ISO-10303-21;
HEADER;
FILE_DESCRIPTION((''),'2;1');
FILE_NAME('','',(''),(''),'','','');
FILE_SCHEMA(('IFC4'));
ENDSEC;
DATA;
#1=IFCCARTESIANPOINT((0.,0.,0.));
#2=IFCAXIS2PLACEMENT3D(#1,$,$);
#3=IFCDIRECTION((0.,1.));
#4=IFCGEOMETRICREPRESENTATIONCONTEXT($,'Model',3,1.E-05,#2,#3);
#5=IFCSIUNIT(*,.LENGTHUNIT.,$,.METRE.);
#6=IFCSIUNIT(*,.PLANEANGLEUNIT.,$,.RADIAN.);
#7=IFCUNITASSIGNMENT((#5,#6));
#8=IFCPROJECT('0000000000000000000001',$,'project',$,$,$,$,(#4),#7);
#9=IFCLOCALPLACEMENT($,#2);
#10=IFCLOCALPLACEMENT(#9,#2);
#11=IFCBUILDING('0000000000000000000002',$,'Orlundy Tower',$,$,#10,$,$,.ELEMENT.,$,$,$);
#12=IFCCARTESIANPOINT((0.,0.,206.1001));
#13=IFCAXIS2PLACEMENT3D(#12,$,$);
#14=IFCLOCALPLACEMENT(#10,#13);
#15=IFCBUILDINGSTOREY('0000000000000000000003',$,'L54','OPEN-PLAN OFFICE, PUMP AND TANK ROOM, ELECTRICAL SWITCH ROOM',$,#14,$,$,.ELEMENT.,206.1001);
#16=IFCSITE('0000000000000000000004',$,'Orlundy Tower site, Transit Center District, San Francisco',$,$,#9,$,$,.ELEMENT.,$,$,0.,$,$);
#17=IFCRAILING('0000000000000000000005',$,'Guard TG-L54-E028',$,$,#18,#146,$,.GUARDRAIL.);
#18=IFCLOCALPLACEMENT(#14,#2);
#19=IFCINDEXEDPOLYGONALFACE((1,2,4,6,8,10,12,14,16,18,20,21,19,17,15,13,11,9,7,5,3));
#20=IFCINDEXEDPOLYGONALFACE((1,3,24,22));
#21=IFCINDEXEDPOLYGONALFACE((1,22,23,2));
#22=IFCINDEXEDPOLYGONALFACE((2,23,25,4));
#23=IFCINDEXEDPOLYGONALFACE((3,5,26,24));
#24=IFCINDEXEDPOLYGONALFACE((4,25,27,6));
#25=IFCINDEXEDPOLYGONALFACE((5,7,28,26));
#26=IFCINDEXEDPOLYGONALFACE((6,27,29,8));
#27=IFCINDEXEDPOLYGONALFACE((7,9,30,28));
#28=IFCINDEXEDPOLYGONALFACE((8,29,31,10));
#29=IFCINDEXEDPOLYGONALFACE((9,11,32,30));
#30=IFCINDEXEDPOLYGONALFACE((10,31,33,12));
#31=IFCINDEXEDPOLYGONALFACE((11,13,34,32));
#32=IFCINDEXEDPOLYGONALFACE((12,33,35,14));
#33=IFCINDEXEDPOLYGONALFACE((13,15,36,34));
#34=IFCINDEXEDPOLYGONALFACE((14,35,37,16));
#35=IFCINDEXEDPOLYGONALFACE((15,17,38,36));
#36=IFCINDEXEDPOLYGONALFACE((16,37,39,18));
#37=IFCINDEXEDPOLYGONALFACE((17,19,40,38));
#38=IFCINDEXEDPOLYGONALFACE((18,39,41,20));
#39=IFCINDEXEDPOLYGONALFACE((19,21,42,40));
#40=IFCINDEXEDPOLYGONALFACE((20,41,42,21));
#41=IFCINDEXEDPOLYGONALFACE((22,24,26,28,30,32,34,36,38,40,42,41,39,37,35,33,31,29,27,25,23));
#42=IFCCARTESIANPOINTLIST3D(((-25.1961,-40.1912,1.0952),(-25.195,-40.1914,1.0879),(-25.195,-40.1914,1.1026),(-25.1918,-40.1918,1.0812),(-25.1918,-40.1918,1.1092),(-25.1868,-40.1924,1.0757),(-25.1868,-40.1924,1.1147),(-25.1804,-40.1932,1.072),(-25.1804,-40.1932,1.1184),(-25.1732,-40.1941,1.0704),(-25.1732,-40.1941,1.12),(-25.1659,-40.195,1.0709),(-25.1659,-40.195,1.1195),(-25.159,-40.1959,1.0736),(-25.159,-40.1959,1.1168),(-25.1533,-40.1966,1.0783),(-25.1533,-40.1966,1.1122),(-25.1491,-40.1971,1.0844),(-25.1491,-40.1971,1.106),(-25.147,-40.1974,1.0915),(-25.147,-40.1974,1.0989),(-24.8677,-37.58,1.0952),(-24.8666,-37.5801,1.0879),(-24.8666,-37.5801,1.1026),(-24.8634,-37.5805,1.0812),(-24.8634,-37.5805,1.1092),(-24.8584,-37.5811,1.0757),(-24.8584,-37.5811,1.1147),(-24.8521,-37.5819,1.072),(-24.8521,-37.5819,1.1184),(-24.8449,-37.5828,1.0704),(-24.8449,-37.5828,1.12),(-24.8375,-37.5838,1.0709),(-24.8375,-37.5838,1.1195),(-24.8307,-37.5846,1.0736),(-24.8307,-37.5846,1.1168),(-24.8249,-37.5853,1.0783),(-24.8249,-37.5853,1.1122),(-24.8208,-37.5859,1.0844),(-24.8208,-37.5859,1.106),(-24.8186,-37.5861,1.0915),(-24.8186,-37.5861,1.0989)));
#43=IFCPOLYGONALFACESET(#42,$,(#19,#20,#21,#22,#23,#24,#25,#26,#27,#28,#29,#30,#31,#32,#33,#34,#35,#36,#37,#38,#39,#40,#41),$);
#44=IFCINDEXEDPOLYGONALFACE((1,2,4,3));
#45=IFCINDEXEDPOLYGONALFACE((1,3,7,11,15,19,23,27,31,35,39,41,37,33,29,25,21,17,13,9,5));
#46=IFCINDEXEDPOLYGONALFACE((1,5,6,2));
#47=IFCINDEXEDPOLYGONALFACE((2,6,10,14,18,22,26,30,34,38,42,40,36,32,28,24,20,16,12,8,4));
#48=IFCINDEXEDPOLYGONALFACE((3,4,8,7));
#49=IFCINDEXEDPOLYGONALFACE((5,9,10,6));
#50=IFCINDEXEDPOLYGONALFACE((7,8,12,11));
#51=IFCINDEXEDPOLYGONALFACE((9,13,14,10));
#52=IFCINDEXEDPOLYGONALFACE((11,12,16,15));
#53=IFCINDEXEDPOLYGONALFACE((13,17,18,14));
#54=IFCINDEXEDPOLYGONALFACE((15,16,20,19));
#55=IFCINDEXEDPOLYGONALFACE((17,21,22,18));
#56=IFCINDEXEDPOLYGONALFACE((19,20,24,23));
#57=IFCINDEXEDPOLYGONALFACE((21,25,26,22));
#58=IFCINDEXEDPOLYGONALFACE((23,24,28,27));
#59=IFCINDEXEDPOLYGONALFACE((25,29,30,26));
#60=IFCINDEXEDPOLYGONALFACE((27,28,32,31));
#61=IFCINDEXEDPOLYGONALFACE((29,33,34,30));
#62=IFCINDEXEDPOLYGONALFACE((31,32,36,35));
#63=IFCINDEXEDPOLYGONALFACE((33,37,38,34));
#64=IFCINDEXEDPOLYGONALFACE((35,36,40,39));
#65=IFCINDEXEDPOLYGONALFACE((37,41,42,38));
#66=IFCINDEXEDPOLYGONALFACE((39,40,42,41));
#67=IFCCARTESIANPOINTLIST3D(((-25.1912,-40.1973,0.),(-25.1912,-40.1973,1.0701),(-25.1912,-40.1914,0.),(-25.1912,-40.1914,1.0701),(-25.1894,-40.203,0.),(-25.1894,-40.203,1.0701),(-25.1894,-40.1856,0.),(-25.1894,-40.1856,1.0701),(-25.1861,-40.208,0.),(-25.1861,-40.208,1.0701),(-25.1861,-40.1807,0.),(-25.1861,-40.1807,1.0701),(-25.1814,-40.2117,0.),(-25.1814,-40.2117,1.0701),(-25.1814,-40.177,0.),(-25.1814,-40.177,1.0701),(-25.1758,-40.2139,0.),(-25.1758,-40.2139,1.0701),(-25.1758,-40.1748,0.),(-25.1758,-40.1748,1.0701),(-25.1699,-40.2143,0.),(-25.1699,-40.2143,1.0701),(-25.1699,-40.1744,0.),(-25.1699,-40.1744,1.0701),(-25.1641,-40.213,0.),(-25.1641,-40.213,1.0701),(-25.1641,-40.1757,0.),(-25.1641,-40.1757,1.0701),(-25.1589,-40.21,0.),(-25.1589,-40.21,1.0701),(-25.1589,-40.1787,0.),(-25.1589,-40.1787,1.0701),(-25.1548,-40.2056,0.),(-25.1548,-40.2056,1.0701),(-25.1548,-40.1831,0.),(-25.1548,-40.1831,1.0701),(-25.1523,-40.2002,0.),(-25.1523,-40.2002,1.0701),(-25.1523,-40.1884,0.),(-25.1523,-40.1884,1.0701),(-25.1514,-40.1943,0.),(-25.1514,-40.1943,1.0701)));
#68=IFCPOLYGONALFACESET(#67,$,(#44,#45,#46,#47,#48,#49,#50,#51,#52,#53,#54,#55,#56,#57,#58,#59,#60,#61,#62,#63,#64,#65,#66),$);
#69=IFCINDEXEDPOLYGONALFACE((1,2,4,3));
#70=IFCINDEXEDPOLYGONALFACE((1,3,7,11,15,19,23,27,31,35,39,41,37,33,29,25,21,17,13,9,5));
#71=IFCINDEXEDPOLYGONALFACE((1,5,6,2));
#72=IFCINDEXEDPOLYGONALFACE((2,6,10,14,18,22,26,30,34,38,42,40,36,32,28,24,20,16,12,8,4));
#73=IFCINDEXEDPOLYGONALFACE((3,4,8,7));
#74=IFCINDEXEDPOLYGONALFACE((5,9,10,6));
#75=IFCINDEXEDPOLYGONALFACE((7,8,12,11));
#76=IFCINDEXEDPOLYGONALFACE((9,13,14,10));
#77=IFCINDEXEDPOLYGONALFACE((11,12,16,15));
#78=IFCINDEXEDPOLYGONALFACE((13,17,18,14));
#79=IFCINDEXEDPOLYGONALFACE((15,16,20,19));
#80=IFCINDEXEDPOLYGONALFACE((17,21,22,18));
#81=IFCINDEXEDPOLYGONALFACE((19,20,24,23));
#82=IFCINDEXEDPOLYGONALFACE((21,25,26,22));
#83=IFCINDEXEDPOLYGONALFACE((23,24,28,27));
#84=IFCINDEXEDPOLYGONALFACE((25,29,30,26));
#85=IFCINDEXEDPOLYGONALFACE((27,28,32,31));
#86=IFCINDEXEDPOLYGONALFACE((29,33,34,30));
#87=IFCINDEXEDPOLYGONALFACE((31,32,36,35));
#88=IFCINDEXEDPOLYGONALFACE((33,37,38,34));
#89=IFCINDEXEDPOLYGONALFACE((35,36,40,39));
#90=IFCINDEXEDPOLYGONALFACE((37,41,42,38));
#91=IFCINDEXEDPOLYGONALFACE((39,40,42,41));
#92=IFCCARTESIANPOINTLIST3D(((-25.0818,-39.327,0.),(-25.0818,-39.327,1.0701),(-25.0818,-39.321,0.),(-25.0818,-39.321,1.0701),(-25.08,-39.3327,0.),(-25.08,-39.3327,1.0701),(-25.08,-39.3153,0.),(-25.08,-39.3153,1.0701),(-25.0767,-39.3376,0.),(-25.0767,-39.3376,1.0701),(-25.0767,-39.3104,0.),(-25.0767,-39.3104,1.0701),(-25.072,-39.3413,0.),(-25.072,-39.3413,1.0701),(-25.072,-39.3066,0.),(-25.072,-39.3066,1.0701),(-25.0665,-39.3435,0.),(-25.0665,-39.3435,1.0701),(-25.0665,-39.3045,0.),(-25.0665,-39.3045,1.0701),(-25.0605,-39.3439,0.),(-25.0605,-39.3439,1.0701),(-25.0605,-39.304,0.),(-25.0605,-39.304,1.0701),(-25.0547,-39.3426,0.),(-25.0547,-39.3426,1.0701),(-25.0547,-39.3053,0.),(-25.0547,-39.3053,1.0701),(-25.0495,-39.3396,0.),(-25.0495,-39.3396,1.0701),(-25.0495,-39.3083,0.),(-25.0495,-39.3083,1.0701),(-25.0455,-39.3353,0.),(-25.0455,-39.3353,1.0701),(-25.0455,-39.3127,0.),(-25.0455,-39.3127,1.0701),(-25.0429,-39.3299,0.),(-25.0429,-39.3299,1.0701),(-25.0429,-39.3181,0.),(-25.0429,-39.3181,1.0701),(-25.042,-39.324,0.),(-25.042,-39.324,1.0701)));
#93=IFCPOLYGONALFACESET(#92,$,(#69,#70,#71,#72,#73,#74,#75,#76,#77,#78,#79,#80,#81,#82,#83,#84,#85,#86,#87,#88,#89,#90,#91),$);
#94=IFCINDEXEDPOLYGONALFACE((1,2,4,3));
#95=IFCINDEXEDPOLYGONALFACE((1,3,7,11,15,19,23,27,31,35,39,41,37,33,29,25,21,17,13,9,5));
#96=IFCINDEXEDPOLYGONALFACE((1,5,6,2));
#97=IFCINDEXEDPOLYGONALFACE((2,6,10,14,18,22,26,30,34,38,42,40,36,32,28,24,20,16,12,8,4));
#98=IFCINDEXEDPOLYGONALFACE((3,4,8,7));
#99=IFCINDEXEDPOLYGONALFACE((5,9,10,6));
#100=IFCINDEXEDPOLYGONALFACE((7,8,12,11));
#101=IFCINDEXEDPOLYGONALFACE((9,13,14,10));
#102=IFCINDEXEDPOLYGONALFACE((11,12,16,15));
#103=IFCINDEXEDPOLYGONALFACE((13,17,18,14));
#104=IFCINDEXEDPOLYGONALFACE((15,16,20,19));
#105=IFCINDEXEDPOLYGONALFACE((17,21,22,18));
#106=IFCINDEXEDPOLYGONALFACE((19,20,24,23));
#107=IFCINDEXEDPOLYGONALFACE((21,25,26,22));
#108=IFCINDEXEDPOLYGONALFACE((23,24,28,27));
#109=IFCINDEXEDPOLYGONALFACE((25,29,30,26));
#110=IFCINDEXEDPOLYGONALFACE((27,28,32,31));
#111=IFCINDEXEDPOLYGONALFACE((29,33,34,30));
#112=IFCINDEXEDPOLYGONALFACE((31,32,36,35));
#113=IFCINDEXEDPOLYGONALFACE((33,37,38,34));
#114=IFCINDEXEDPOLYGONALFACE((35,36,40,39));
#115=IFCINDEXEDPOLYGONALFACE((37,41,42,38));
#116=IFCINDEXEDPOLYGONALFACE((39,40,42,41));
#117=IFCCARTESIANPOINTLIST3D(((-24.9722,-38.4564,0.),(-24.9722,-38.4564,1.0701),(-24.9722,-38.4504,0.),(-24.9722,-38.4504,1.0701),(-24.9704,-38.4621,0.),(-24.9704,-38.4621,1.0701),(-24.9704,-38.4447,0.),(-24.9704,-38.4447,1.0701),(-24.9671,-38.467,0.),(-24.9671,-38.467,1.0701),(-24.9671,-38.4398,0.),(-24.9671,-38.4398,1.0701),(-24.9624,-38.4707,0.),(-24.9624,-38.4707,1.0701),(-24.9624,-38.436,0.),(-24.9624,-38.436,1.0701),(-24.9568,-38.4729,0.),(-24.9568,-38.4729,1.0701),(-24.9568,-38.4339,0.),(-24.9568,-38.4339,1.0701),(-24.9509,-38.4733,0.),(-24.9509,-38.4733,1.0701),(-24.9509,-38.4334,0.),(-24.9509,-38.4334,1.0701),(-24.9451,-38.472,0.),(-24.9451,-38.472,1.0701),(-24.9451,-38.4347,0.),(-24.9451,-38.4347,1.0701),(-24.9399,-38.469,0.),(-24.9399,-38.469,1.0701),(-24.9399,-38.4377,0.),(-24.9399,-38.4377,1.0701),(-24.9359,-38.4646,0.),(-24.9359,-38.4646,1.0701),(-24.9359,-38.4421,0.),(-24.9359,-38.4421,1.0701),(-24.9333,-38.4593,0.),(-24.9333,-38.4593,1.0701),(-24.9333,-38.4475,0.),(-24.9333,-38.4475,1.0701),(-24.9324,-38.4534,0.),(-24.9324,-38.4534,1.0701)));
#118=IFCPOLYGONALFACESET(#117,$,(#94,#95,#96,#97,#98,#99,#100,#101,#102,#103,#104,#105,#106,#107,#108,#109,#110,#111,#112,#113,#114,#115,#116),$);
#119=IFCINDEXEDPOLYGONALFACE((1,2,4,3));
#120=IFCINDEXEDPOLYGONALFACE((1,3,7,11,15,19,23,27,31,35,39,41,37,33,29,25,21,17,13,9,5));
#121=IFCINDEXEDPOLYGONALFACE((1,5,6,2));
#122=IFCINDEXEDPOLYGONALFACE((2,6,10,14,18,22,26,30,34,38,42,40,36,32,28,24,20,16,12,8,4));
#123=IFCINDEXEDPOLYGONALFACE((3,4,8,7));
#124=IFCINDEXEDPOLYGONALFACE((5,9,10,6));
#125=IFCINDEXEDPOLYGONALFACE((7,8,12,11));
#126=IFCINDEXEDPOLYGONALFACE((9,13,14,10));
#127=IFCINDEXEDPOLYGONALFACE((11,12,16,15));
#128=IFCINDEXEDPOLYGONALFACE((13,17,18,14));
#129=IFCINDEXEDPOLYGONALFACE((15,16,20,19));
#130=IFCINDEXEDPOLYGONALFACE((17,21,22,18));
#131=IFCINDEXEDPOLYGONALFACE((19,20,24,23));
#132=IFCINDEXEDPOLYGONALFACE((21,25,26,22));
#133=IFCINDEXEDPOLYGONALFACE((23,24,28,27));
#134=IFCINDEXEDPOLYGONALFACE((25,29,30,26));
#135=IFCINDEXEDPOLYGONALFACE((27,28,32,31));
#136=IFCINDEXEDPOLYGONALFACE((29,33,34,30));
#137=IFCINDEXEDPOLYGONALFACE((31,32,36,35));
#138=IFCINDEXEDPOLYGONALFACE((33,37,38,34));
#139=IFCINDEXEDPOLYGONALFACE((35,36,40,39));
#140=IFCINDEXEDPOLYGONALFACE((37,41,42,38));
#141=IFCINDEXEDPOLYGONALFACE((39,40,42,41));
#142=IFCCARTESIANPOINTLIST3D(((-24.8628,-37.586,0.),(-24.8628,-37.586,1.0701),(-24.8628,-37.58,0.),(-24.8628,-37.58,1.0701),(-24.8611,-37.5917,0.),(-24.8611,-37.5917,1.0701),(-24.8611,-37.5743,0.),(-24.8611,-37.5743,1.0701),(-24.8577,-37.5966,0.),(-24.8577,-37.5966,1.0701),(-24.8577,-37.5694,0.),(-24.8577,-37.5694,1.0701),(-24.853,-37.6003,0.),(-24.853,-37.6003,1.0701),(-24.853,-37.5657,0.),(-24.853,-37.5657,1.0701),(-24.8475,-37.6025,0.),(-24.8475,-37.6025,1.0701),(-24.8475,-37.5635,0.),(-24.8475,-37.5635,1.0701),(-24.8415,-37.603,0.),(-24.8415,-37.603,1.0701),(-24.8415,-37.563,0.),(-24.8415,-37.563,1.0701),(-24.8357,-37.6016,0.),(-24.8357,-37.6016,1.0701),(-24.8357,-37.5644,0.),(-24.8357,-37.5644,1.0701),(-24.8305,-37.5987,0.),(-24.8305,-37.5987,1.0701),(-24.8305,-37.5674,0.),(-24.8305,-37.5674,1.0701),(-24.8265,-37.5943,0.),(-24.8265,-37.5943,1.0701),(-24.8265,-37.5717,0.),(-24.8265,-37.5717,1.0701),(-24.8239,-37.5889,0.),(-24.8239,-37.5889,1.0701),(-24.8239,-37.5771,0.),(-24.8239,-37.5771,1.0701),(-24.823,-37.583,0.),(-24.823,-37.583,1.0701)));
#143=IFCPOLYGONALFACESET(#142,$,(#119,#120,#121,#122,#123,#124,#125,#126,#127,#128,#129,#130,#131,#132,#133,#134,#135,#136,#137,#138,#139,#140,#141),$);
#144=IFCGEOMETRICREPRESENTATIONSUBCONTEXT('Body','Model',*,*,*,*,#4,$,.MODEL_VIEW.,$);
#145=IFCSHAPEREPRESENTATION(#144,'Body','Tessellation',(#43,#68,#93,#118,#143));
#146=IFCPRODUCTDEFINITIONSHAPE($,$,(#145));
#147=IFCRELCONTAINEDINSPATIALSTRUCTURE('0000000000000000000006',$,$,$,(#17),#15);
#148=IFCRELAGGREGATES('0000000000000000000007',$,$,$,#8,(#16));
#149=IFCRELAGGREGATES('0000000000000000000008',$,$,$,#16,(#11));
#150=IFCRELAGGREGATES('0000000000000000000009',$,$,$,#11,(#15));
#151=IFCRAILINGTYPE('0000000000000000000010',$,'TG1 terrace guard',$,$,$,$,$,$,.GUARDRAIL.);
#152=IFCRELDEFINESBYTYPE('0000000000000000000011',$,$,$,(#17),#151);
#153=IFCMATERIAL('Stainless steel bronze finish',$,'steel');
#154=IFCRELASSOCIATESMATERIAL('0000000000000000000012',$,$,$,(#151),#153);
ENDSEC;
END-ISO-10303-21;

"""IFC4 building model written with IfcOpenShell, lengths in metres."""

from ifc_helpers import new_model, si_unit, direction, frame, origin, origin_2d, place, context, subcontext, project, spatial, circle, extrude, material, type_object, element, save


model = new_model("IFC4")

# Units and contexts
model_context = context("Model", 3, precision=1e-05, world=origin(), true_north=direction((0.0, 1.0)))
body_context = subcontext(model_context, "Body", "Model", "MODEL_VIEW")
ifc_project = project(units=[si_unit("LENGTHUNIT", "METRE"), si_unit("PLANEANGLEUNIT", "RADIAN")], contexts=[model_context])

# Site, building, storey
site_placement = place(None, origin())
site = spatial("IfcSite", under=ifc_project, at=site_placement, Name="Orlundy Tower site, Transit Center District, San Francisco", CompositionType="ELEMENT", RefElevation=0.0)
building_placement = place(site_placement, origin())
building = spatial("IfcBuilding", under=site, at=building_placement, Name="Orlundy Tower", CompositionType="ELEMENT")
storey_placement = place(building_placement, frame((0.0, 0.0, 206.1001)))
storey = spatial("IfcBuildingStorey", under=building, at=storey_placement, Name="L54", Description="OPEN-PLAN OFFICE, PUMP AND TANK ROOM, ELECTRICAL SWITCH ROOM", CompositionType="ELEMENT", Elevation=206.1001)

# Railing
ifc_material_1 = material(Name="Stainless steel bronze finish", Category="steel")
railing_type = type_object("IfcRailingType", Name="TG1 terrace guard", PredefinedType="GUARDRAIL", material=ifc_material_1)
railing_1_placement = place(storey_placement, frame((-25.1714, -40.1943, 0.0)))
element("IfcRailing", 1, at=railing_1_placement, inside=storey, type_object=railing_type, Name="Guard TG-L54-E028", PredefinedType="GUARDRAIL", context=body_context, shape_type="SweptSolid", body=[
    extrude(circle(Radius=0.0249, at=origin_2d()), frame((0.0, 0.0, 1.0952), z_axis=(0.124765, 0.992186, 0.0), x_axis=(-0.992186, 0.124765, 0.0)), (0.0, 0.0, 1.0), 2.6318),
    extrude(circle(Radius=0.02, at=origin_2d()), origin(), (0.0, 0.0, 1.0), 1.0701),
    extrude(circle(Radius=0.02, at=origin_2d()), frame((0.1094, 0.8704, 0.0)), (0.0, 0.0, 1.0), 1.0701),
    extrude(circle(Radius=0.02, at=origin_2d()), frame((0.219, 1.741, 0.0)), (0.0, 0.0, 1.0), 1.0701),
    extrude(circle(Radius=0.02, at=origin_2d()), frame((0.3284, 2.6113, 0.0)), (0.0, 0.0, 1.0), 1.0701),
])

save(model, "model.ifc")
